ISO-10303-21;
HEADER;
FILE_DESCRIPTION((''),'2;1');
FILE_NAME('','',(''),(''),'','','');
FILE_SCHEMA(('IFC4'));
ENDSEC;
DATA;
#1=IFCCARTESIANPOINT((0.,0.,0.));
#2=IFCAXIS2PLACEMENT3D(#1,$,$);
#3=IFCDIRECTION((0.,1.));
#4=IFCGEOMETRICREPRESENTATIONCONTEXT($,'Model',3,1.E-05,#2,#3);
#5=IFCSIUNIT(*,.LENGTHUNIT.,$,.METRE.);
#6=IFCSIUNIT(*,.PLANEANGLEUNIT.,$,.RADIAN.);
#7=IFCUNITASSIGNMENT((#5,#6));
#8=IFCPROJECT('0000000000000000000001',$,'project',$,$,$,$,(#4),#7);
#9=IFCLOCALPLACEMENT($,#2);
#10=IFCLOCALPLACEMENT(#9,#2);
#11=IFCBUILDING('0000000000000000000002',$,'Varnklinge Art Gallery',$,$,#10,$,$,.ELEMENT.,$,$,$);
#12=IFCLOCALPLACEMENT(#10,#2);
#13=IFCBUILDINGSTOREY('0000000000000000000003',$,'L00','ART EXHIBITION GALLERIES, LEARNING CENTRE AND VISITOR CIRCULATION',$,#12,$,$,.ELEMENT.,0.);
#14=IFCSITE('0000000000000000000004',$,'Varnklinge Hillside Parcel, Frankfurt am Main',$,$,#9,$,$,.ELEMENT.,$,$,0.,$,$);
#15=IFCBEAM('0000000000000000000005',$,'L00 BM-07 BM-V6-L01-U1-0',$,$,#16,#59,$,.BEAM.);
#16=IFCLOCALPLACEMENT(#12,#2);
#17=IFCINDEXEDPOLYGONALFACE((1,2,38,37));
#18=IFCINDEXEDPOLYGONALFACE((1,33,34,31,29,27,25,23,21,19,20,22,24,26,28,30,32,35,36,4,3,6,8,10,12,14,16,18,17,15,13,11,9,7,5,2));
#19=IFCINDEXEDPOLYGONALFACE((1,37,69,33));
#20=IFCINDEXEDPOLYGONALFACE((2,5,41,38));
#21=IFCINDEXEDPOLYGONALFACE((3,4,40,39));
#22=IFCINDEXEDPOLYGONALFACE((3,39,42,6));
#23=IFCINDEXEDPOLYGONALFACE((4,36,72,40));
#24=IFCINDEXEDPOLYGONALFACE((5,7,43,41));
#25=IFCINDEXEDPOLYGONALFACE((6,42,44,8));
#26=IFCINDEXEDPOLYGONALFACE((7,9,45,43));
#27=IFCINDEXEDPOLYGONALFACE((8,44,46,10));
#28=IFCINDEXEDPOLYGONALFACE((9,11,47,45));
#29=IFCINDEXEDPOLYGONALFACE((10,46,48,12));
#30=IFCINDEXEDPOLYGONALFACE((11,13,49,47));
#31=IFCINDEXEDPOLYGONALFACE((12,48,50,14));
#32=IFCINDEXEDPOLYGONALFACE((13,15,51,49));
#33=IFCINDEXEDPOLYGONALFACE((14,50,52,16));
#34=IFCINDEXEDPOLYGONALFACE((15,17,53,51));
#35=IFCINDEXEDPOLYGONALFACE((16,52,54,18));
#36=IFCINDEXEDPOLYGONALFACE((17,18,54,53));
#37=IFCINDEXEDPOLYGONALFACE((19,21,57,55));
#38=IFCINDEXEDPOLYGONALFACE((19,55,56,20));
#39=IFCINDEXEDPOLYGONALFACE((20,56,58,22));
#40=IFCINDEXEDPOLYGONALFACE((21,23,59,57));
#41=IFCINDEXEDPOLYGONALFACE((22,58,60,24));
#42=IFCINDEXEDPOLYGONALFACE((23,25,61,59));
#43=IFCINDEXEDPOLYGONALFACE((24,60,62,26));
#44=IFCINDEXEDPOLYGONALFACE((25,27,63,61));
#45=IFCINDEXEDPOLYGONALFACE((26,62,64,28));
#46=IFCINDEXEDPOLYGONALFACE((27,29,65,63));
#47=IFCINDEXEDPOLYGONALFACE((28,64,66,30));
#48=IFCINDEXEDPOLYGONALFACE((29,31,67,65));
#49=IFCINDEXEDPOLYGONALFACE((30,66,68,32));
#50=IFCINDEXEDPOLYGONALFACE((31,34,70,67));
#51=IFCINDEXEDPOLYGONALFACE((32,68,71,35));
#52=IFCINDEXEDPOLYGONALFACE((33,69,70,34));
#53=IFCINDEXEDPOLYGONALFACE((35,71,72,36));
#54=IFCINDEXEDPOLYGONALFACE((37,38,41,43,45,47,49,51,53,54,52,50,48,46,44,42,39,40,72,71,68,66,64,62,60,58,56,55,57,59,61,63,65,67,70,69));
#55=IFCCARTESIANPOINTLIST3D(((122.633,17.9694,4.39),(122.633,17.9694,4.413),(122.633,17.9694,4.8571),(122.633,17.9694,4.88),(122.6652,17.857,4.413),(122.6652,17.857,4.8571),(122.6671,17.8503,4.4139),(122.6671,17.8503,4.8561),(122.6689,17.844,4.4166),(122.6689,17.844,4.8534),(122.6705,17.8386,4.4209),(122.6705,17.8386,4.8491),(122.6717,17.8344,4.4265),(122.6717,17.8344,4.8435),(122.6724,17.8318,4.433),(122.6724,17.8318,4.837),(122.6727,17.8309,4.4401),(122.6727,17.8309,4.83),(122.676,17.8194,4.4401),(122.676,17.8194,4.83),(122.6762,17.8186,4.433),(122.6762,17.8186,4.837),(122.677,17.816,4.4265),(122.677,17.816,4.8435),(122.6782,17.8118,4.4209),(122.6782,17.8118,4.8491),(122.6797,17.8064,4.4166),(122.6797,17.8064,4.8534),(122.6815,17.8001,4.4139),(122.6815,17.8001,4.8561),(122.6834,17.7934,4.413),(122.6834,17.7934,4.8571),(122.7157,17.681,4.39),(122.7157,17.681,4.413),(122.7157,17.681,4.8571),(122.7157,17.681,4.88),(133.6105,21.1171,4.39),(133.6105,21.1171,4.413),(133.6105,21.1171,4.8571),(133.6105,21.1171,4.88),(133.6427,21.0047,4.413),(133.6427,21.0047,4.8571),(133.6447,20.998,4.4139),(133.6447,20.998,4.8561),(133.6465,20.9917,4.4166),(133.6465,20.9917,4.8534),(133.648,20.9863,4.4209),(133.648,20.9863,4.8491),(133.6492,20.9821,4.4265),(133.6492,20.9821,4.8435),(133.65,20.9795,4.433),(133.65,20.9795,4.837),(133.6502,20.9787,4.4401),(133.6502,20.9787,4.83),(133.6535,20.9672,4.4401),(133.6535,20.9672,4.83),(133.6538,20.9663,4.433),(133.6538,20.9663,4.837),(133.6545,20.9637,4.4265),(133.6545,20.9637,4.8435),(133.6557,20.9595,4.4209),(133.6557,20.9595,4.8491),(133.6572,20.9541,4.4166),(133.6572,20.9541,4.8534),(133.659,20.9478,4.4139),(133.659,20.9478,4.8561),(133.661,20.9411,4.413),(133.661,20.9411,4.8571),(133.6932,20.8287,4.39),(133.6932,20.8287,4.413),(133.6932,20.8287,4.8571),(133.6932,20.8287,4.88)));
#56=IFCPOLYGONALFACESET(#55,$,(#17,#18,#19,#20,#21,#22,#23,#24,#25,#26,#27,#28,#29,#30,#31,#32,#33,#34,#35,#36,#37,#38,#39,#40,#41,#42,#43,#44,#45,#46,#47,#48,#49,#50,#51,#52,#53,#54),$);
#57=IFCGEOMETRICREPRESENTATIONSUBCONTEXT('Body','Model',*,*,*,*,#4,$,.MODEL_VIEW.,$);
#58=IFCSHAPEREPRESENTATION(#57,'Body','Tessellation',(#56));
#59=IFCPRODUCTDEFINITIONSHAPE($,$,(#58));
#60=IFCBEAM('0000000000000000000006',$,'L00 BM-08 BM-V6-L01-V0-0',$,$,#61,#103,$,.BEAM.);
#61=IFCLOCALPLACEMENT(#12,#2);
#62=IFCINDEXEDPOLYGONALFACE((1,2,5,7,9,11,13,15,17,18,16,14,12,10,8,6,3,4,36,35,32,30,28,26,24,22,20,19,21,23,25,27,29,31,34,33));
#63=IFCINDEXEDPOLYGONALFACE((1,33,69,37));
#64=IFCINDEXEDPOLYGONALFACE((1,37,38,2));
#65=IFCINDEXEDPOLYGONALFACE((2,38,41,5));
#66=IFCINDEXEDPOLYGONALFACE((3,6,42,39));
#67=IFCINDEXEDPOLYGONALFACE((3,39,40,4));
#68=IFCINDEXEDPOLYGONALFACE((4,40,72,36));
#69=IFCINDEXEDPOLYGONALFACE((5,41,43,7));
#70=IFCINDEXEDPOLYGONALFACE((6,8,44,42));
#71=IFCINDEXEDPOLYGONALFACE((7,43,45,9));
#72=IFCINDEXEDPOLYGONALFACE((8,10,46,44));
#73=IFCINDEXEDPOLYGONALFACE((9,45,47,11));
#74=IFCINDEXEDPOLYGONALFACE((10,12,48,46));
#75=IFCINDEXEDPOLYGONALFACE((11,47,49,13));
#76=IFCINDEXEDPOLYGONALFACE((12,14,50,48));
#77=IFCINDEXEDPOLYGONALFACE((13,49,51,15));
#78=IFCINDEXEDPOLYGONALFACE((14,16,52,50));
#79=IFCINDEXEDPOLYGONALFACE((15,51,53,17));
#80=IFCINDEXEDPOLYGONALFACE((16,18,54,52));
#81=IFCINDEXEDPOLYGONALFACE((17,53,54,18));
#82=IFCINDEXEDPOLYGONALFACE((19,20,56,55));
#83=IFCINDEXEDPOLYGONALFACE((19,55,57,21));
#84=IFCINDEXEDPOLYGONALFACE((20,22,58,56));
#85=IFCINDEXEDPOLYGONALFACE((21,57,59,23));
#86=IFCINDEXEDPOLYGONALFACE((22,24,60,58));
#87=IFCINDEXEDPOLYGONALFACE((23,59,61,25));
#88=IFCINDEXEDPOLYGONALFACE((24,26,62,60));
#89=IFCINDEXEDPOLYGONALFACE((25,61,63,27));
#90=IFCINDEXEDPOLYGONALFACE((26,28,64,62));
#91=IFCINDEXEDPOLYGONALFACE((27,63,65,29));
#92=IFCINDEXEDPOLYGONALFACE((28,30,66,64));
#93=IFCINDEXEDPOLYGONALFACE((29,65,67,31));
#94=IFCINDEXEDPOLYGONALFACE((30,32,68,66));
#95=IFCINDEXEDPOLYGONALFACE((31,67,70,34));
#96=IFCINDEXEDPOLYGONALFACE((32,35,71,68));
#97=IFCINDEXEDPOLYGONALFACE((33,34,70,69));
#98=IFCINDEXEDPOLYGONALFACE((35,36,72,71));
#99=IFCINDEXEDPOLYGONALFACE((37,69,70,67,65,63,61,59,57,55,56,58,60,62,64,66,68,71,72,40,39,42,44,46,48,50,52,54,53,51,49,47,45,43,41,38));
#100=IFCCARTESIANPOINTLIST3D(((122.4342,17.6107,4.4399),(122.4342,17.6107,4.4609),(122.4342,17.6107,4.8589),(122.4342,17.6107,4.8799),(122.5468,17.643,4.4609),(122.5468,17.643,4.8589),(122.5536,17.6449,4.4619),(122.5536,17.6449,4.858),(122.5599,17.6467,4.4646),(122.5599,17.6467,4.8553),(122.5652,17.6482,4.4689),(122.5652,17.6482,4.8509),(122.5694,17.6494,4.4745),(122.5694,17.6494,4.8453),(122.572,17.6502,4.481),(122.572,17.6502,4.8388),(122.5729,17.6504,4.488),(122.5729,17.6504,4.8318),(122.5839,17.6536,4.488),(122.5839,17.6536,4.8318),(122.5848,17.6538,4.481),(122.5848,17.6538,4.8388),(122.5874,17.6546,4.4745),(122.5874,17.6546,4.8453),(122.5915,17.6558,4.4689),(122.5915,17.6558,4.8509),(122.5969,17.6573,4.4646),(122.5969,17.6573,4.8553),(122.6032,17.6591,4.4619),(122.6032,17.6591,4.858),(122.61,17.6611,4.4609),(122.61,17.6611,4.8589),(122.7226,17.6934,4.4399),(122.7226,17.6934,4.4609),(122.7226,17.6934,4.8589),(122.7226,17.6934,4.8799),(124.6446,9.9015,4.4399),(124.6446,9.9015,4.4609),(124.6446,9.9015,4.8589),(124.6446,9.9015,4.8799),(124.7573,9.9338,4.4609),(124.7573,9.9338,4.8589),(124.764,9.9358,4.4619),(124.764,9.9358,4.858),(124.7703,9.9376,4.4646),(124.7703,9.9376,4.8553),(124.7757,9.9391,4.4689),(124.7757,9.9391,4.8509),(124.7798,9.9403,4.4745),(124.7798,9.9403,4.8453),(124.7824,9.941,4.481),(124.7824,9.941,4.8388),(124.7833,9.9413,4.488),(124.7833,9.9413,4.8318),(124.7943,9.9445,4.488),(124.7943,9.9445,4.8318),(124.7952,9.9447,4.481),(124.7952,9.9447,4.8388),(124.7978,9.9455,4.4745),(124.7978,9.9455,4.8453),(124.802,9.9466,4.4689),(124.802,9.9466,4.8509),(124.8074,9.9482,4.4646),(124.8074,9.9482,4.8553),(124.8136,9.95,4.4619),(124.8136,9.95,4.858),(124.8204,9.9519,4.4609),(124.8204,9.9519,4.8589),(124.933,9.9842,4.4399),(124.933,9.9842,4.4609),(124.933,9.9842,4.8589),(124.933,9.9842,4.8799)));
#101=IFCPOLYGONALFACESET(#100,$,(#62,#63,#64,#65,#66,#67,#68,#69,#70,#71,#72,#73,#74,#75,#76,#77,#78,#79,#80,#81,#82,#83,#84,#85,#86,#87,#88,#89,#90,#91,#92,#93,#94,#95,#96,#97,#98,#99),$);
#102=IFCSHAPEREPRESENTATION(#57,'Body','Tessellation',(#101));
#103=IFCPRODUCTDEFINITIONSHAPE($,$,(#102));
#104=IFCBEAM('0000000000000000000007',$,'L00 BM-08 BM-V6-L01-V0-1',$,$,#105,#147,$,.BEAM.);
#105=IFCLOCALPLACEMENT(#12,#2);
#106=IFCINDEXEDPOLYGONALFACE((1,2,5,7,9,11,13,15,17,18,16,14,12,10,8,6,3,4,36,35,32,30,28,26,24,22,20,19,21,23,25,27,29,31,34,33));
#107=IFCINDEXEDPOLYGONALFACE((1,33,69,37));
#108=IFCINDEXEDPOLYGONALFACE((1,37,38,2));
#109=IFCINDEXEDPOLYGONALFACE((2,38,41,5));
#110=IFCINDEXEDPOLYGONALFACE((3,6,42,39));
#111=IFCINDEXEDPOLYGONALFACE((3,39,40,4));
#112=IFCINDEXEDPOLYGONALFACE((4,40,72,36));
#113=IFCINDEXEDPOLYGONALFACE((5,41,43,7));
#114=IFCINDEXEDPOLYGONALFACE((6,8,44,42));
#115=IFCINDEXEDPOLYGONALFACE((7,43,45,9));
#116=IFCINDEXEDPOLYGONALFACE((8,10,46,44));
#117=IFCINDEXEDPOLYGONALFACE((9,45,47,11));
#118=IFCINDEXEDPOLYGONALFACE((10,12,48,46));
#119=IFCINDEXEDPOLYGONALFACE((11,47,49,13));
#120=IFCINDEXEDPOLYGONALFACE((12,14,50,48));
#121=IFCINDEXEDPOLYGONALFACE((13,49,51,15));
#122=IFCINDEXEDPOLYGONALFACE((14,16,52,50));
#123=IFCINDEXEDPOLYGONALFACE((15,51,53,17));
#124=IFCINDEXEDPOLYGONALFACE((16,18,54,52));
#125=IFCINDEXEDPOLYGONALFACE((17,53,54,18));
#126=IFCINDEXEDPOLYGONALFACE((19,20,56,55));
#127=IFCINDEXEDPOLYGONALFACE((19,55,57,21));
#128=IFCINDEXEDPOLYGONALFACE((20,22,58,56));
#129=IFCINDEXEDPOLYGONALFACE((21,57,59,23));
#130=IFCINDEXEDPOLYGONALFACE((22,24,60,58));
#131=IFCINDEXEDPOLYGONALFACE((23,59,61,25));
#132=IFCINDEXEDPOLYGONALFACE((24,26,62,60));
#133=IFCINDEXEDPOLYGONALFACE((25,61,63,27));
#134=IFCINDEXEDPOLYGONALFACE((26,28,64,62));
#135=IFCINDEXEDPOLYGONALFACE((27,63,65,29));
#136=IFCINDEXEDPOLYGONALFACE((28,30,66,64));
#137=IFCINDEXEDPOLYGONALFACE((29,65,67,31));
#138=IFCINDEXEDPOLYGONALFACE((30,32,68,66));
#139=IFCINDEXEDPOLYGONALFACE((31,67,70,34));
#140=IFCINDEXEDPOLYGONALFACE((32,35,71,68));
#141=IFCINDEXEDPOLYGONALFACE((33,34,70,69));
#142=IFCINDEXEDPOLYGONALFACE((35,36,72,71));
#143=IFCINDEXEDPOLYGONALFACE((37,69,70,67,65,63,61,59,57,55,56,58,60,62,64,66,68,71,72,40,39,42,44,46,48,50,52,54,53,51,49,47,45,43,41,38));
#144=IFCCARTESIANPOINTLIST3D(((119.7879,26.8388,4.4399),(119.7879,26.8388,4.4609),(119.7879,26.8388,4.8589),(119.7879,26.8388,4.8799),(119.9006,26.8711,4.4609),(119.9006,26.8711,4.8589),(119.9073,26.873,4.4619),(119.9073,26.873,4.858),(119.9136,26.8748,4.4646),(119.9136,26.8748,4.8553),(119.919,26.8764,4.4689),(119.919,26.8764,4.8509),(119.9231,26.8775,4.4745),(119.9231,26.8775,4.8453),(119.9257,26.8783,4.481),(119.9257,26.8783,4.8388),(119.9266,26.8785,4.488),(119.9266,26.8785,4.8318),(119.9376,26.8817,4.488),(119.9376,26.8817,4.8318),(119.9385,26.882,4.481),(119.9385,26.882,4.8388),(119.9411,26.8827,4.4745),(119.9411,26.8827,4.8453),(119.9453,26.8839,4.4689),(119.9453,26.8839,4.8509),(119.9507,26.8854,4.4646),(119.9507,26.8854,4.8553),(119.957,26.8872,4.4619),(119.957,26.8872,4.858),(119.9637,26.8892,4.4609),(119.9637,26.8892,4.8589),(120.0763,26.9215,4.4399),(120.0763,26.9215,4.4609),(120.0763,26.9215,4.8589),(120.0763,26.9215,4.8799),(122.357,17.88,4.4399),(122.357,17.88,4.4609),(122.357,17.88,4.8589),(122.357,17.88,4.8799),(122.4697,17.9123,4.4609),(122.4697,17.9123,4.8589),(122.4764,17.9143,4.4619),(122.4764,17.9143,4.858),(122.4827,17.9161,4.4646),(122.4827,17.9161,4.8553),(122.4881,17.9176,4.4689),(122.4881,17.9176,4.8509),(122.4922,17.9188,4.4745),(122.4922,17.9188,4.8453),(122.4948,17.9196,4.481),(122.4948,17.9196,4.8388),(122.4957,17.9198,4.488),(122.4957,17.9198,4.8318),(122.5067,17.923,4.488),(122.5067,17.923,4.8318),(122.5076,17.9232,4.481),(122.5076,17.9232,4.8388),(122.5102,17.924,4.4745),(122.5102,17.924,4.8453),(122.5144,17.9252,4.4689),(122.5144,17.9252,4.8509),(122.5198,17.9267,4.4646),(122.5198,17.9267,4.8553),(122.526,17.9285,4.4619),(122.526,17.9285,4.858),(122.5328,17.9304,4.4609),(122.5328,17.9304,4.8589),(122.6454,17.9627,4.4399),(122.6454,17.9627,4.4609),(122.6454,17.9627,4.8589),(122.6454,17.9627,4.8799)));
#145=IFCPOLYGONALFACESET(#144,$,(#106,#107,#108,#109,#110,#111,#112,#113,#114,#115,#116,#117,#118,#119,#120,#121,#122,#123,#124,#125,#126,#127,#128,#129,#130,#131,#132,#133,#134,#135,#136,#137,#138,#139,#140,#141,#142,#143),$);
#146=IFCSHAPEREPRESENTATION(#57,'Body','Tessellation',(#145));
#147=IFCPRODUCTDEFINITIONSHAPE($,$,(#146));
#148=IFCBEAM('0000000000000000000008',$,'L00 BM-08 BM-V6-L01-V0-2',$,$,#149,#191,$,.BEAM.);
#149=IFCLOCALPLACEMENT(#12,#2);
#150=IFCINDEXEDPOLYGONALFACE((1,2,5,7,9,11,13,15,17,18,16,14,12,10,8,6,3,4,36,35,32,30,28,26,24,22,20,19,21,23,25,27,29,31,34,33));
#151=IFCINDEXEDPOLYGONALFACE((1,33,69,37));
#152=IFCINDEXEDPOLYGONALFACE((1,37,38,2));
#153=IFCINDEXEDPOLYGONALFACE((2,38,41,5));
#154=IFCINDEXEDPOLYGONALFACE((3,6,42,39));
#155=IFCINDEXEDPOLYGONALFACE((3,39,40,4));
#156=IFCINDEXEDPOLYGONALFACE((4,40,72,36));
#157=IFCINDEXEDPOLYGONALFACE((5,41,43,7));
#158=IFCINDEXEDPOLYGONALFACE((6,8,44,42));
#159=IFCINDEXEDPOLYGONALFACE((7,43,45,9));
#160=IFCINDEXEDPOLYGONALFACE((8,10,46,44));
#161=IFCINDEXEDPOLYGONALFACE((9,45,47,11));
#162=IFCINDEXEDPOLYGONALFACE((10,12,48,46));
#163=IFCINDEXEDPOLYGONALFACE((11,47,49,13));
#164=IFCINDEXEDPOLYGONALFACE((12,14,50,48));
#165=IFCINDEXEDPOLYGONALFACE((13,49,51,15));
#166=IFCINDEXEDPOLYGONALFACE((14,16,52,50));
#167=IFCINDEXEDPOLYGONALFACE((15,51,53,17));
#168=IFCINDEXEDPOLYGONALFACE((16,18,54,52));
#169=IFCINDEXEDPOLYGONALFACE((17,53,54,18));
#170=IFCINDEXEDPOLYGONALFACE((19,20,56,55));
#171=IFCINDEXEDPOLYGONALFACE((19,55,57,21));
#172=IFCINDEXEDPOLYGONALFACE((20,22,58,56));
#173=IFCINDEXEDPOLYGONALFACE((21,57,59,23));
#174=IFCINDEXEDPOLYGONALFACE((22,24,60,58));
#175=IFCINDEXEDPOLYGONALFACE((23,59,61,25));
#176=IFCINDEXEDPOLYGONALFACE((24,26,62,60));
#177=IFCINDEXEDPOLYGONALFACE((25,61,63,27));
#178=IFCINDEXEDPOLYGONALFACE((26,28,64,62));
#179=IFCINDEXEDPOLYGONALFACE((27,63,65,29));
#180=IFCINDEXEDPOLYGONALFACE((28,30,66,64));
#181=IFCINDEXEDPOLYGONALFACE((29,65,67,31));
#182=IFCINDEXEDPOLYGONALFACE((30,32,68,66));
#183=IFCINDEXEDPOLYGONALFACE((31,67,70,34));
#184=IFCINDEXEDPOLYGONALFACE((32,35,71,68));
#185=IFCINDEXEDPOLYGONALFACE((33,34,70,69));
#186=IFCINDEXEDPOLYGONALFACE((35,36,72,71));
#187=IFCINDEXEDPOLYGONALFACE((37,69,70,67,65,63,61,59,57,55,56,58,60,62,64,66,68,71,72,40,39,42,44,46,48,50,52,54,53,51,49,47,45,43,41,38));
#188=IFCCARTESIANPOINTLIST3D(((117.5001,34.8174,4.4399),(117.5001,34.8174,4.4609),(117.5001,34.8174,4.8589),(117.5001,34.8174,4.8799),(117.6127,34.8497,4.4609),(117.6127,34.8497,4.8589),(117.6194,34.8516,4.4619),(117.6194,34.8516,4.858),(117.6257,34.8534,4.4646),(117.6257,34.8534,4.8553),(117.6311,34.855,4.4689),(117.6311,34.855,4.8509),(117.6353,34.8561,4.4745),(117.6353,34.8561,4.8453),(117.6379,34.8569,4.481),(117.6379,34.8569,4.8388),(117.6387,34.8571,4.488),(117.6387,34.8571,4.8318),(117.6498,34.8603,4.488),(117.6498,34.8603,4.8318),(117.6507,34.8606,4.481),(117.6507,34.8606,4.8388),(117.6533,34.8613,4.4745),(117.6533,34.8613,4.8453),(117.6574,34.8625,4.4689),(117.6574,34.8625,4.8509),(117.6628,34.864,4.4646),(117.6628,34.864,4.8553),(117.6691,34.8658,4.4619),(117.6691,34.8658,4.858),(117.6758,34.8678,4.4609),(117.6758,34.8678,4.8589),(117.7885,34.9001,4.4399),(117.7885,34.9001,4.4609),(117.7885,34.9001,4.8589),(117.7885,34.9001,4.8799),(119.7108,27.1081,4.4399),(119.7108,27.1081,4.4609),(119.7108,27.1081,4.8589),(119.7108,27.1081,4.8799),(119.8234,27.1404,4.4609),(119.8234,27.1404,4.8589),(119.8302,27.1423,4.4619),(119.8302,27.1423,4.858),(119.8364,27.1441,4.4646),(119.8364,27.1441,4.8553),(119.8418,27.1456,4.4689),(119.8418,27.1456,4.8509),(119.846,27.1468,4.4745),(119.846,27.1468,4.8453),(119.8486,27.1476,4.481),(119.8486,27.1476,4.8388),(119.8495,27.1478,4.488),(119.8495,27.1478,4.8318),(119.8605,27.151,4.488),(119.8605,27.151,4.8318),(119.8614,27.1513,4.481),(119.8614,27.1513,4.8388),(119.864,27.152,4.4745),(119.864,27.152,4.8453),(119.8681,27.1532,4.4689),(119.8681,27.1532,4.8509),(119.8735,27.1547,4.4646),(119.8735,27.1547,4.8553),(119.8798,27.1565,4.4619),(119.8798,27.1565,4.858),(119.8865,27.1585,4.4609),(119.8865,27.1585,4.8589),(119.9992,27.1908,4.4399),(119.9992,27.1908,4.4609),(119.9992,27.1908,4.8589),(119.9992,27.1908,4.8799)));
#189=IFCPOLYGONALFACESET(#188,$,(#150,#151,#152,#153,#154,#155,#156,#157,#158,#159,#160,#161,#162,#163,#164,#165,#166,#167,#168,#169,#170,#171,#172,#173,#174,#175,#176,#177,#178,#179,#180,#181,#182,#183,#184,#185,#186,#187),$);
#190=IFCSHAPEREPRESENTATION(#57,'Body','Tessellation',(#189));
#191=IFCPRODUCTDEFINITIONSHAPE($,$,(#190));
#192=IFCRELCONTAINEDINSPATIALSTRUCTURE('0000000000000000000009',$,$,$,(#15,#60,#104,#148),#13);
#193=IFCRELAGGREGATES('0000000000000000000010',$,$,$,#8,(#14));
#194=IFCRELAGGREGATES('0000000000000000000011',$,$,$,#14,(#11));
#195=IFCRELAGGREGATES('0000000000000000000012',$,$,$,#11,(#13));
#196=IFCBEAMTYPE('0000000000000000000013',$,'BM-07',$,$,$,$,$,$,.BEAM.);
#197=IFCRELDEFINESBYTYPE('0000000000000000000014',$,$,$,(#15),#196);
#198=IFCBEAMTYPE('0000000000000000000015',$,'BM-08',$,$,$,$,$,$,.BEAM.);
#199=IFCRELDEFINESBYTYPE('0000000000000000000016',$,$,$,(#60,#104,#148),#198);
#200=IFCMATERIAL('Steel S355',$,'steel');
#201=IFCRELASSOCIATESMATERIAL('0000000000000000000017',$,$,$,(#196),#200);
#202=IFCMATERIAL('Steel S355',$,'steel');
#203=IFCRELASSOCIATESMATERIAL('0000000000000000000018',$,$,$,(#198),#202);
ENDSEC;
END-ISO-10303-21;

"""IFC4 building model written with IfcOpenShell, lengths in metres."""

from ifc_helpers import new_model, si_unit, direction, frame, origin, origin_2d, place, context, subcontext, project, spatial, i_section, extrude, material, material_profile, profile_set, type_object, element, save


model = new_model("IFC4")

# Units and contexts
model_context = context("Model", 3, precision=1e-05, world=origin(), true_north=direction((0.0, 1.0)))
body_context = subcontext(model_context, "Body", "Model", "MODEL_VIEW")
ifc_project = project(units=[si_unit("LENGTHUNIT", "METRE"), si_unit("PLANEANGLEUNIT", "RADIAN")], contexts=[model_context])

# Site, building, storey
site_placement = place(None, origin())
site = spatial("IfcSite", under=ifc_project, at=site_placement, Name="Varnklinge Hillside Parcel, Frankfurt am Main", CompositionType="ELEMENT", RefElevation=0.0)
building_placement = place(site_placement, origin())
building = spatial("IfcBuilding", under=site, at=building_placement, Name="Varnklinge Art Gallery", CompositionType="ELEMENT")
storey_placement = place(building_placement, origin())
storey = spatial("IfcBuildingStorey", under=building, at=storey_placement, Name="L00", Description="ART EXHIBITION GALLERIES, LEARNING CENTRE AND VISITOR CIRCULATION", CompositionType="ELEMENT", Elevation=0.0)

# Beams
ifc_material_1 = material(Name="Steel S355", Category="steel")
ifc_material_profile_1 = material_profile(ifc_material_1, i_section(OverallWidth=0.3, OverallDepth=0.49, WebThickness=0.012, FlangeThickness=0.0229, FilletRadius=0.0271, at=origin_2d()), Name="HEA 500")
ifc_profile_set_1 = profile_set([ifc_material_profile_1], Name="Steel S355")
beam_type_1 = type_object("IfcBeamType", Name="BM-07", PredefinedType="BEAM", material=ifc_profile_set_1)
for number, where, z_axis, x_axis, name in (
    (1, (122.6743, 17.8252, 4.635), (0.961263, 0.275633, 0.0), (-0.275633, 0.961263, 0.0), "L00 BM-07 BM-V6-L01-U1-0"),
):
    element("IfcBeam", number, at=place(storey_placement, frame(where, z_axis=z_axis, x_axis=x_axis)), inside=storey, type_object=beam_type_1, Name=name, PredefinedType="BEAM", context=body_context, shape_type="SweptSolid", body=[
        extrude(i_section(OverallWidth=0.3, OverallDepth=0.49, WebThickness=0.012, FlangeThickness=0.0229, FilletRadius=0.0271, at=origin_2d()), origin(), (0.0, 0.0, 1.0), 11.4199),
    ])
ifc_material_2 = material(Name="Steel S355", Category="steel")
ifc_material_profile_2 = material_profile(ifc_material_2, i_section(OverallWidth=0.3, OverallDepth=0.4399, WebThickness=0.0115, FlangeThickness=0.021, FilletRadius=0.0271, at=origin_2d()), Name="HEA 450")
ifc_profile_set_2 = profile_set([ifc_material_profile_2], Name="Steel S355")
beam_type_2 = type_object("IfcBeamType", Name="BM-08", PredefinedType="BEAM", material=ifc_profile_set_2)
beam_1_placement = place(storey_placement, frame((124.7888, 9.9429, 4.6599), z_axis=(-0.275622, 0.961266, 0.0), x_axis=(-0.961266, -0.275622, 0.0)))
element("IfcBeam", 2, at=beam_1_placement, inside=storey, type_object=beam_type_2, Name="L00 BM-08 BM-V6-L01-V0-0", PredefinedType="BEAM", context=body_context, shape_type="SweptSolid", body=[
    extrude(i_section(OverallWidth=0.3, OverallDepth=0.4399, WebThickness=0.0115, FlangeThickness=0.021, FilletRadius=0.0271, at=origin_2d()), origin(), (0.0, 0.0, 1.0), 8.0198),
])
beam_2_placement = place(storey_placement, frame((122.5012, 17.9214, 4.6599), z_axis=(-0.275659, 0.961256, 0.0), x_axis=(-0.961256, -0.275659, 0.0)))
element("IfcBeam", 3, at=beam_2_placement, inside=storey, type_object=beam_type_2, Name="L00 BM-08 BM-V6-L01-V0-1", PredefinedType="BEAM", context=body_context, shape_type="SweptSolid", body=[
    extrude(i_section(OverallWidth=0.3, OverallDepth=0.4399, WebThickness=0.0115, FlangeThickness=0.021, FilletRadius=0.0271, at=origin_2d()), origin(), (0.0, 0.0, 1.0), 9.3198),
])
beam_3_placement = place(storey_placement, frame((119.855, 27.1494, 4.6599), z_axis=(-0.27565, 0.961258, 0.0), x_axis=(-0.961258, -0.27565, 0.0)))
element("IfcBeam", 4, at=beam_3_placement, inside=storey, type_object=beam_type_2, Name="L00 BM-08 BM-V6-L01-V0-2", PredefinedType="BEAM", context=body_context, shape_type="SweptSolid", body=[
    extrude(i_section(OverallWidth=0.3, OverallDepth=0.4399, WebThickness=0.0115, FlangeThickness=0.021, FilletRadius=0.0271, at=origin_2d()), origin(), (0.0, 0.0, 1.0), 8.02),
])

save(model, "model.ifc")
